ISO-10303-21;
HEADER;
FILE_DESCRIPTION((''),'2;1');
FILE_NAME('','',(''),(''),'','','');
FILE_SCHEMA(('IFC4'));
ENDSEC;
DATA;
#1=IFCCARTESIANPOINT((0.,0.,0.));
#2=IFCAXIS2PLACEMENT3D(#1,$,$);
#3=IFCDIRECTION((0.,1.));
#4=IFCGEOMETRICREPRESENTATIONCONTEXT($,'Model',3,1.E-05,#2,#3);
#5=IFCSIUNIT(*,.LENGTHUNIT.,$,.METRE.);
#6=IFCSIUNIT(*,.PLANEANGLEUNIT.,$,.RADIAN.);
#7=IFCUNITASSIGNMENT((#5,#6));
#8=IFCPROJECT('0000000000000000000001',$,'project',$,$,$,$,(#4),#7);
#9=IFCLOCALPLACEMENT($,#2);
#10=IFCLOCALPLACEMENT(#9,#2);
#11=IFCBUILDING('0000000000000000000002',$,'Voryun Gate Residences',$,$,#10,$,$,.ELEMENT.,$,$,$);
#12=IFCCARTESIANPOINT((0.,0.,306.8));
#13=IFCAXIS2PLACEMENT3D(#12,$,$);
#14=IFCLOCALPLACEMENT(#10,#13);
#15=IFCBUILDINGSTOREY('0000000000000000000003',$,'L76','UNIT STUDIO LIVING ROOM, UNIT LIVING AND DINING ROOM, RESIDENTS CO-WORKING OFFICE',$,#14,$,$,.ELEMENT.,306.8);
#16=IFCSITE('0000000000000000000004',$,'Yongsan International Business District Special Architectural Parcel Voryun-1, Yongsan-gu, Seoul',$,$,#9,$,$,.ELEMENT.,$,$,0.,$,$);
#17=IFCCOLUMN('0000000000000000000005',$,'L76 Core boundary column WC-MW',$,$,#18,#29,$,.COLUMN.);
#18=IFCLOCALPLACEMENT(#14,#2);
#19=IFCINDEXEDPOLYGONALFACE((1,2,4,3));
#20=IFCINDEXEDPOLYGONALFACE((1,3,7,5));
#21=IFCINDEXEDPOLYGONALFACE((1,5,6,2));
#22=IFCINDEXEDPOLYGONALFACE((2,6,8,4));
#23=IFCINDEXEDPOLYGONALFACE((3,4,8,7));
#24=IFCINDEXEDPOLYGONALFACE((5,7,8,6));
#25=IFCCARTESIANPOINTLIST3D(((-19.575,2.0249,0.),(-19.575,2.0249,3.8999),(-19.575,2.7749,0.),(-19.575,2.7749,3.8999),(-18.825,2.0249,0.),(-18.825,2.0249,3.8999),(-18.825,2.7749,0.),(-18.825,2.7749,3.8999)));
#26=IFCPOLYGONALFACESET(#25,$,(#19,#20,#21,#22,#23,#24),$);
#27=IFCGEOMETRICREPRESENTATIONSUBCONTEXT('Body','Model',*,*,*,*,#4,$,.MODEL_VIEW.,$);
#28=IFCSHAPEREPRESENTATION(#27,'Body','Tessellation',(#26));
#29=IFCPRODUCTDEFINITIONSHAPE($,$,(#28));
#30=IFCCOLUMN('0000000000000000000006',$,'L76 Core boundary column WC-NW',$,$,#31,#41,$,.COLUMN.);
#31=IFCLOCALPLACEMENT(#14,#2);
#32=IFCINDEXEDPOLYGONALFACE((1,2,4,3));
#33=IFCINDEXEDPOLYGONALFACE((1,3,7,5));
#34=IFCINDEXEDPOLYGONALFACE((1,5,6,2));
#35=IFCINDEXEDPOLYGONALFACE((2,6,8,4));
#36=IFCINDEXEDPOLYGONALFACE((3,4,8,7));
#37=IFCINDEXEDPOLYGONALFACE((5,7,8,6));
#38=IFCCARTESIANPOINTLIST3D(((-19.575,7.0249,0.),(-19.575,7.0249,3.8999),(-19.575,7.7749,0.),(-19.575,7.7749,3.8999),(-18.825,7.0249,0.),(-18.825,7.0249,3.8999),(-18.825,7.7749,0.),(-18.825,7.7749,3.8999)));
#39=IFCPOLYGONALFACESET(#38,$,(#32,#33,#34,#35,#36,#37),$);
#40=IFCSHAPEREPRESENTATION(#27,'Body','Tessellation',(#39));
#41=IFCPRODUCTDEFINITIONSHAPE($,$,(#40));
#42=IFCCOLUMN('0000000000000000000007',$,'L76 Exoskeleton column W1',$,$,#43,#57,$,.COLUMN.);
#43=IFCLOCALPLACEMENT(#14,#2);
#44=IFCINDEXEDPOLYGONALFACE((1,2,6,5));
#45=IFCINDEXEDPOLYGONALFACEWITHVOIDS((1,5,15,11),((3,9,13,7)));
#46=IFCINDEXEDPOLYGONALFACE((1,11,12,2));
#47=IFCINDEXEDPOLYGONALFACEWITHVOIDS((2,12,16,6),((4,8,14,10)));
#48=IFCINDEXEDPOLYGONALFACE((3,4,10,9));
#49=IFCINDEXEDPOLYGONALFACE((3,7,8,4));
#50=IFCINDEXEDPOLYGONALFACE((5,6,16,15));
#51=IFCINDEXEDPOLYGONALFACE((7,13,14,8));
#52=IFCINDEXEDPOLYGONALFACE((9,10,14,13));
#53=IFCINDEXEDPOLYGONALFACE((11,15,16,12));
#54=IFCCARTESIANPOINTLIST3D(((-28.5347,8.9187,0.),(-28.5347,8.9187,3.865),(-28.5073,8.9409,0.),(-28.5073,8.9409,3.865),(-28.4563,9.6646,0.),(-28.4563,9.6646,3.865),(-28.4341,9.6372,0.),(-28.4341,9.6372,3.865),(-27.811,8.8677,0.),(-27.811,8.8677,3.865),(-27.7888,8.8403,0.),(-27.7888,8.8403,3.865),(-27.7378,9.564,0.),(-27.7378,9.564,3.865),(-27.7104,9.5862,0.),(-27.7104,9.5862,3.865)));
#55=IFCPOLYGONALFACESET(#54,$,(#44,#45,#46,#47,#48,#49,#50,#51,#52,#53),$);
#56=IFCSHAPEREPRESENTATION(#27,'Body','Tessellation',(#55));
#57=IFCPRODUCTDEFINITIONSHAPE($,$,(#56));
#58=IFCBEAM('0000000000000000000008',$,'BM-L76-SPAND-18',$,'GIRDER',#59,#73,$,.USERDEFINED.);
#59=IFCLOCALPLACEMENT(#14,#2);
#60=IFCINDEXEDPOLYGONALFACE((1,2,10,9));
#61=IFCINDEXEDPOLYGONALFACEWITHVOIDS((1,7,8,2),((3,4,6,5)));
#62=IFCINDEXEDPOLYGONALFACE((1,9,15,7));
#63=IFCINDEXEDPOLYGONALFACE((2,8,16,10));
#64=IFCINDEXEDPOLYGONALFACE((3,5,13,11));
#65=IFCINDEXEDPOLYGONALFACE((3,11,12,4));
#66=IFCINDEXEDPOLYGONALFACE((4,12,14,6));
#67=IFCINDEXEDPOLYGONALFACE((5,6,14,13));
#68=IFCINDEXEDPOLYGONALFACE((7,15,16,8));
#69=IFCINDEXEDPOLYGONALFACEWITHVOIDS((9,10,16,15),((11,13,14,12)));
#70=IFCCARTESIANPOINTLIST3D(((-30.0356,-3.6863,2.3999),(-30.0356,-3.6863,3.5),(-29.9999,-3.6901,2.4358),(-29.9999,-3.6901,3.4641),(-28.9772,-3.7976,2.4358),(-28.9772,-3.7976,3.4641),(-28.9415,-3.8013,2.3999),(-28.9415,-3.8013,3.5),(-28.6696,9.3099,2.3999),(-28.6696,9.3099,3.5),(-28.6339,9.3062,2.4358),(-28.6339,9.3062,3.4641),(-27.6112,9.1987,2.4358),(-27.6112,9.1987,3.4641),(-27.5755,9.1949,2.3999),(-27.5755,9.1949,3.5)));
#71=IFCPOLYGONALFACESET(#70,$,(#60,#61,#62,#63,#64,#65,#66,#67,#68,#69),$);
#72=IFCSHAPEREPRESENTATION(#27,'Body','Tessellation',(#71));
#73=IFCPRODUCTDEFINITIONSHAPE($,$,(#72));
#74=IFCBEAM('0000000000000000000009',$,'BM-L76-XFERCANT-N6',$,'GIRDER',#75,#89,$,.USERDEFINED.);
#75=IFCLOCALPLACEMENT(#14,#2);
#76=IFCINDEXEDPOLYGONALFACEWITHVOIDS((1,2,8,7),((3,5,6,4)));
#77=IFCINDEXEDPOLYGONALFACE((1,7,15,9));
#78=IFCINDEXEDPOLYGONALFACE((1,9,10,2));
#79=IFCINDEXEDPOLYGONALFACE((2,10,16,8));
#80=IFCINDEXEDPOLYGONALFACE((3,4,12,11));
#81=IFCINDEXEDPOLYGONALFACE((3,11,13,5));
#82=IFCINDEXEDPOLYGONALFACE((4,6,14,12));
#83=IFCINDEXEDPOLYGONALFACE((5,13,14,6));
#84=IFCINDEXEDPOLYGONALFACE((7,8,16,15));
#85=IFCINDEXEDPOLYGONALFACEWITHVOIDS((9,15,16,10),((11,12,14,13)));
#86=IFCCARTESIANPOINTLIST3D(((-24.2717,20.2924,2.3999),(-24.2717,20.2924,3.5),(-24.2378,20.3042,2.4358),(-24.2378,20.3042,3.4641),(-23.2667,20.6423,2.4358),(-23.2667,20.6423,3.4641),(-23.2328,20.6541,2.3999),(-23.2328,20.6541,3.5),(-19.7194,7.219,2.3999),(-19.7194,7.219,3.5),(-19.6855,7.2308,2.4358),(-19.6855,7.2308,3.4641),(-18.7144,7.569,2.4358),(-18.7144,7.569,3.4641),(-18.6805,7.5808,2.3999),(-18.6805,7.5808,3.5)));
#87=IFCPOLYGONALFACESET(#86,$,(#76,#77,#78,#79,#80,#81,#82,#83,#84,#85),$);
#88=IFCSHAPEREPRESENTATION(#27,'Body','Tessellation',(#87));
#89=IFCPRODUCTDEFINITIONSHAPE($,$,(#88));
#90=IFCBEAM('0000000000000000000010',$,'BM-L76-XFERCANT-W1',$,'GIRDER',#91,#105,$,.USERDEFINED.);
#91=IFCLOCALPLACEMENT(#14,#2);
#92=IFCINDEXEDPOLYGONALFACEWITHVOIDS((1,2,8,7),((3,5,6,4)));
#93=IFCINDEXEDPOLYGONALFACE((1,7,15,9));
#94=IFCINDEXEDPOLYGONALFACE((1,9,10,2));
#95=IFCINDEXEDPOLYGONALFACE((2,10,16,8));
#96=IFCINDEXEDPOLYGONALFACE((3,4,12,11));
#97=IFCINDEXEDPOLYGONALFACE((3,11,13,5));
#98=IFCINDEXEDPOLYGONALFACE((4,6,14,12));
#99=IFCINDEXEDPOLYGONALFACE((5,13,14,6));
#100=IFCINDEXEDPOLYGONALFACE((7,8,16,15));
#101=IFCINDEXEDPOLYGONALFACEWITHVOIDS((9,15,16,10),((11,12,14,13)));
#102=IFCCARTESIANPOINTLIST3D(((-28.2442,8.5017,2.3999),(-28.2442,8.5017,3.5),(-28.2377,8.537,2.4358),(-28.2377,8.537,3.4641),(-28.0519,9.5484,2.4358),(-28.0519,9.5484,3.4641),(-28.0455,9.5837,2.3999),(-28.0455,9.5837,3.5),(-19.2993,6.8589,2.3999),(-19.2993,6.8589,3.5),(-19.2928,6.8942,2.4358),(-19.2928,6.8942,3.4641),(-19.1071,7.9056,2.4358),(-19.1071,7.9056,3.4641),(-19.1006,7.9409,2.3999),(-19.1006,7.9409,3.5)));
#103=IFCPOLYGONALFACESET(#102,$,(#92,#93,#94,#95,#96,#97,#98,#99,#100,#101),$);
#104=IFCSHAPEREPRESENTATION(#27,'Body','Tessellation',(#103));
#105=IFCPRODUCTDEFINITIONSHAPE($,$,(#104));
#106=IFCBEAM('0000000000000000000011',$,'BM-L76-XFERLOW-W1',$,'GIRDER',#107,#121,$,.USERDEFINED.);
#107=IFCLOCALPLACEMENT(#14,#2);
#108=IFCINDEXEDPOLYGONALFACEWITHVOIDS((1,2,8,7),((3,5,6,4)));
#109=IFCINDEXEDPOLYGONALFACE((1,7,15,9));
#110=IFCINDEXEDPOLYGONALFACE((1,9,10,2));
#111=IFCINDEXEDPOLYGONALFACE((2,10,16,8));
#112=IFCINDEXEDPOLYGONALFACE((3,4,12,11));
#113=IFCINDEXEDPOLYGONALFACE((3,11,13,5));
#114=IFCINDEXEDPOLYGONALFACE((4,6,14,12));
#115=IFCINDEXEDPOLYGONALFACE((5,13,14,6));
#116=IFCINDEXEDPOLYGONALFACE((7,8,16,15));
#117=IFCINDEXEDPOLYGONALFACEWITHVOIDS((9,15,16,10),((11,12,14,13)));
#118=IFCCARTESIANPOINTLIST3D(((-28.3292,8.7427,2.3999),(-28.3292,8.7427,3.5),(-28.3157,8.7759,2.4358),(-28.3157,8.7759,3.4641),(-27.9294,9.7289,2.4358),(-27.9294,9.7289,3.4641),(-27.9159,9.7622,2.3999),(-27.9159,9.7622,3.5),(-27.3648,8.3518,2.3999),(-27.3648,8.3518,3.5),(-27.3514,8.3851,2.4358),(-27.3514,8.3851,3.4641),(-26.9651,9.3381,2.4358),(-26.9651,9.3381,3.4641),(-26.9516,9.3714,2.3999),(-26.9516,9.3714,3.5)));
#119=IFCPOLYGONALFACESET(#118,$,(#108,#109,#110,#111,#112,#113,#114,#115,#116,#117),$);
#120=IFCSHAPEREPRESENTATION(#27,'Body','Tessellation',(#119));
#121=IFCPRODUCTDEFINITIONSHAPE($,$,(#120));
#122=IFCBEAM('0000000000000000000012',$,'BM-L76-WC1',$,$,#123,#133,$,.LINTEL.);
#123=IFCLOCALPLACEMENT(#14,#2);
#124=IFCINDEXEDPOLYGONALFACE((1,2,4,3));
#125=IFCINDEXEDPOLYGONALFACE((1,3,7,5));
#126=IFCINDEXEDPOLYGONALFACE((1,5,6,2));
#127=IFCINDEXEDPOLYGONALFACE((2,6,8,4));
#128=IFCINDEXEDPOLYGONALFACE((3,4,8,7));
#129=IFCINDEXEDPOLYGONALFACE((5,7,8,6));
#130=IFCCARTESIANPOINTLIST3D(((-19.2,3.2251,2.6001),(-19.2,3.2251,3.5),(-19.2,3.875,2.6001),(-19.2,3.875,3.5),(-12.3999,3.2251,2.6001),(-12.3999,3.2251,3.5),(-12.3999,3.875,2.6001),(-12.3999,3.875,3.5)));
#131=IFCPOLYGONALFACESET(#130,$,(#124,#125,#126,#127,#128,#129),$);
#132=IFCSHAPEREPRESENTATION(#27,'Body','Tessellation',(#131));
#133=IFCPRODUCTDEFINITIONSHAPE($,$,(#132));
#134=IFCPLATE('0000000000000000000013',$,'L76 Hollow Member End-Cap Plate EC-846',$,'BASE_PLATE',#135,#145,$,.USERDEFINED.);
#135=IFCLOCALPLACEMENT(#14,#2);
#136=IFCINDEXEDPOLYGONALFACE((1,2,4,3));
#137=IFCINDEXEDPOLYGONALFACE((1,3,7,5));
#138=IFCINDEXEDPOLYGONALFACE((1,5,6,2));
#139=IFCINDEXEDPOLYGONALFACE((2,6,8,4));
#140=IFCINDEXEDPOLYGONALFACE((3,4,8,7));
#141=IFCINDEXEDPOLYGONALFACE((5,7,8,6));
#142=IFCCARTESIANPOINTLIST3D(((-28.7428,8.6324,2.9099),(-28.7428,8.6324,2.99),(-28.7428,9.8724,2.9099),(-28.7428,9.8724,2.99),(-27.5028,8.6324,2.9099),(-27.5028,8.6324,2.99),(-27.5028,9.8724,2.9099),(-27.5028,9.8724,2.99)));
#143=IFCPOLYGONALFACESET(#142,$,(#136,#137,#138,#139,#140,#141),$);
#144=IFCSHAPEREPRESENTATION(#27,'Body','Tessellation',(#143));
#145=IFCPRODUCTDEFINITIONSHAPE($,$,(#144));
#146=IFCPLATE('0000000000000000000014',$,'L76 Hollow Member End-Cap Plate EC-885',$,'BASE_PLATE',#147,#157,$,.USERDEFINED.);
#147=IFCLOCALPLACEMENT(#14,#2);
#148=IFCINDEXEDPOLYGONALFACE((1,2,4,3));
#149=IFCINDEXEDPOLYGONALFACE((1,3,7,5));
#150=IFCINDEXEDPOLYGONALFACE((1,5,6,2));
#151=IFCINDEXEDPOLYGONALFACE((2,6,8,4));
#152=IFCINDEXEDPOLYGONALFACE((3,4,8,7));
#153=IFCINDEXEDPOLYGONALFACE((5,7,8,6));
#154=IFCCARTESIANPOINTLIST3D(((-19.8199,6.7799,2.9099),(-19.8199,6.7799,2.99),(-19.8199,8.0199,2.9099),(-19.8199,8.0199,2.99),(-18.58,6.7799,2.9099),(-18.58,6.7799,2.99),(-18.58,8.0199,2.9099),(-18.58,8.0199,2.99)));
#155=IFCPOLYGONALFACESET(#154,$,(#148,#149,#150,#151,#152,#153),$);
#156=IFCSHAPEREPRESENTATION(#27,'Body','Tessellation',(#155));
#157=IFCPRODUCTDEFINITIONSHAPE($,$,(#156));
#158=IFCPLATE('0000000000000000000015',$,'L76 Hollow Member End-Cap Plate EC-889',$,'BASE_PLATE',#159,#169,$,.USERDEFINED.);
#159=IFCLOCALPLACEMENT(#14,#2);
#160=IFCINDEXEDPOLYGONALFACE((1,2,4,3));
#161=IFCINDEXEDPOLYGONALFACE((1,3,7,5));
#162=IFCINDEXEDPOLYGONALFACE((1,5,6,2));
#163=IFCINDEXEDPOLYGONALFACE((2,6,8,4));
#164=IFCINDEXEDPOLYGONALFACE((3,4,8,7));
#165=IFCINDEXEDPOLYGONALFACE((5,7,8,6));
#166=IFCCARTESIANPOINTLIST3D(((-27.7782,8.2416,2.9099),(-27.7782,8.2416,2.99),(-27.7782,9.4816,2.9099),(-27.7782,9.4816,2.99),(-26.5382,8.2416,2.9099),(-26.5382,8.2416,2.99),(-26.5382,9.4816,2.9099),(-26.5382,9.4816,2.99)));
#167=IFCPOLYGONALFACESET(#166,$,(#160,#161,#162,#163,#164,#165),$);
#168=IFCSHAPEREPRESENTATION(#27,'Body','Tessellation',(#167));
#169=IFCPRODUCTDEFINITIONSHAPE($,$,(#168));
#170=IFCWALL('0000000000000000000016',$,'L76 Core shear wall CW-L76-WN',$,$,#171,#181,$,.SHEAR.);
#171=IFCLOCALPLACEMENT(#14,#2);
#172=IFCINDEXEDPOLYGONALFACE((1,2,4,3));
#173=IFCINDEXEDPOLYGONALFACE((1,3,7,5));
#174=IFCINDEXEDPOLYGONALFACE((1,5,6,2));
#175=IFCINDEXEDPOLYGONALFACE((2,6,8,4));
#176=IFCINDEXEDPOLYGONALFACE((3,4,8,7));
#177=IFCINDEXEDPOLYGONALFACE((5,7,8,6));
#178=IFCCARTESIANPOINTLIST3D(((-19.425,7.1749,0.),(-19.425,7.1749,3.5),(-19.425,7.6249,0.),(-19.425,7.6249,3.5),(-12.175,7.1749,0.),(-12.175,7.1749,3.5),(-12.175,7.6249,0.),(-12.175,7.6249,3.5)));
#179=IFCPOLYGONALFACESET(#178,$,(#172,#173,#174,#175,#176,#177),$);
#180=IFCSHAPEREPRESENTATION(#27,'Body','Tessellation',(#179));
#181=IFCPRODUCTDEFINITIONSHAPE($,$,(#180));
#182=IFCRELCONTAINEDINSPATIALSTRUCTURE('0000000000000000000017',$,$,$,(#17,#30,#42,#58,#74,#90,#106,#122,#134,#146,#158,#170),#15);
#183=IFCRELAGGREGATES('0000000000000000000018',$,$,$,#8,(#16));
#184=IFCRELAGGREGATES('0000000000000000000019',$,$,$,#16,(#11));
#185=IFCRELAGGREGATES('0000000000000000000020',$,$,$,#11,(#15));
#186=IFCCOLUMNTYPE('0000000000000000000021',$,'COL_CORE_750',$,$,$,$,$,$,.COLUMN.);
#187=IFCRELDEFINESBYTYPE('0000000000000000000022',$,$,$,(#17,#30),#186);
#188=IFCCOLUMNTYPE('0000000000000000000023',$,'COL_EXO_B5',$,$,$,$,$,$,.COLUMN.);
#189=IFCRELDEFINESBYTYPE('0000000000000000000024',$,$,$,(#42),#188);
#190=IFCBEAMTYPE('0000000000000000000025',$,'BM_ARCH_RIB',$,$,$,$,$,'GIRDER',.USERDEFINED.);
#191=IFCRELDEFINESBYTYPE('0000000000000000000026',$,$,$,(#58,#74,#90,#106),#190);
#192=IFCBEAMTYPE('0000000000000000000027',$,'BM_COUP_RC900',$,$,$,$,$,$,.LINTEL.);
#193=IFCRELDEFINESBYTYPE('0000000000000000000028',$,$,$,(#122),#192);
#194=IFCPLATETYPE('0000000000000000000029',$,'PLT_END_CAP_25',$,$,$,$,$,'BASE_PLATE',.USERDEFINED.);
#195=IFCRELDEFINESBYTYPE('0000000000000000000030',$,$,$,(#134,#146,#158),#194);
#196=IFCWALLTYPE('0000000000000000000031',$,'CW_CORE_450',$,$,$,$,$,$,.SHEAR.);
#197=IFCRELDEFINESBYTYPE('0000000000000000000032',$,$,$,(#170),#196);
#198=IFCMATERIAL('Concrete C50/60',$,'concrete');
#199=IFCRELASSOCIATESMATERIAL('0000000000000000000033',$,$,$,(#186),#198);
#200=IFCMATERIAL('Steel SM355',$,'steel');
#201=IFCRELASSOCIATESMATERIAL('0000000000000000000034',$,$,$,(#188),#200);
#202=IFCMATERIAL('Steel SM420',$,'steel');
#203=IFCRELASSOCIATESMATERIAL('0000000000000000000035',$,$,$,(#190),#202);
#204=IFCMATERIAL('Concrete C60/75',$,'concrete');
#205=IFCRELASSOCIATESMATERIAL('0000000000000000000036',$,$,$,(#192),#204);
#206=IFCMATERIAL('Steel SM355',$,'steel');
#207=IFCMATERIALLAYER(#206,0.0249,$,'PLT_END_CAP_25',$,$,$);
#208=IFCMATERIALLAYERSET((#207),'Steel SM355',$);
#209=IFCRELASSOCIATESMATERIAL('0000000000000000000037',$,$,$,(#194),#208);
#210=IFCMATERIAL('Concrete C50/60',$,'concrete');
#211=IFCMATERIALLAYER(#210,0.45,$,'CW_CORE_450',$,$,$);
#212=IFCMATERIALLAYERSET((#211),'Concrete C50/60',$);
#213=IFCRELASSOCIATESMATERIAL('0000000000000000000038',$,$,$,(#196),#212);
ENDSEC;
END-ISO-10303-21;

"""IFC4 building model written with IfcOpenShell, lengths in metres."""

from ifc_helpers import new_model, si_unit, direction, frame, frame_2d, origin, origin_2d, place, context, subcontext, project, spatial, rectangle, hollow_rectangle, extrude, material, layer, layer_set, material_profile, profile_set, type_object, element, save


model = new_model("IFC4")

# Units and contexts
model_context = context("Model", 3, precision=1e-05, world=origin(), true_north=direction((0.0, 1.0)))
body_context = subcontext(model_context, "Body", "Model", "MODEL_VIEW")
ifc_project = project(units=[si_unit("LENGTHUNIT", "METRE"), si_unit("PLANEANGLEUNIT", "RADIAN")], contexts=[model_context])

# Site, building, storey
site_placement = place(None, origin())
site = spatial("IfcSite", under=ifc_project, at=site_placement, Name="Yongsan International Business District Special Architectural Parcel Voryun-1, Yongsan-gu, Seoul", CompositionType="ELEMENT", RefElevation=0.0)
building_placement = place(site_placement, origin())
building = spatial("IfcBuilding", under=site, at=building_placement, Name="Voryun Gate Residences", CompositionType="ELEMENT")
storey_placement = place(building_placement, frame((0.0, 0.0, 306.8)))
storey = spatial("IfcBuildingStorey", under=building, at=storey_placement, Name="L76", Description="UNIT STUDIO LIVING ROOM, UNIT LIVING AND DINING ROOM, RESIDENTS CO-WORKING OFFICE", CompositionType="ELEMENT", Elevation=306.8)

# Columns
ifc_material_1 = material(Name="Concrete C50/60", Category="concrete")
ifc_material_profile_1 = material_profile(ifc_material_1, rectangle(XDim=0.75, YDim=0.75, at=origin_2d()), Name="RC-750x750")
ifc_profile_set_1 = profile_set([ifc_material_profile_1], Name="Concrete C50/60")
column_type_1 = type_object("IfcColumnType", Name="COL_CORE_750", PredefinedType="COLUMN", material=ifc_profile_set_1)
for number, where, z_axis, x_axis, name in (
    (1, (-19.2, 2.3999, 0.0), (0.0, 0.0, 1.0), (1.0, 0.0, 0.0), "L76 Core boundary column WC-MW"),
    (2, (-19.2, 7.3999, 0.0), (0.0, 0.0, 1.0), (1.0, 0.0, 0.0), "L76 Core boundary column WC-NW"),
):
    element("IfcColumn", number, at=place(storey_placement, frame(where, z_axis=z_axis, x_axis=x_axis)), inside=storey, type_object=column_type_1, Name=name, PredefinedType="COLUMN", context=body_context, shape_type="SweptSolid", body=[
        extrude(rectangle(XDim=0.75, YDim=0.75, at=origin_2d()), origin(), (0.0, 0.0, 1.0), 3.8999),
    ])
ifc_material_2 = material(Name="Steel SM355", Category="steel")
ifc_material_profile_2 = material_profile(ifc_material_2, hollow_rectangle(XDim=0.75, YDim=0.75, WallThickness=0.0249, at=origin_2d()), Name="BOX-750x750x25")
ifc_profile_set_2 = profile_set([ifc_material_profile_2], Name="Steel SM355")
column_type_2 = type_object("IfcColumnType", Name="COL_EXO_B5", PredefinedType="COLUMN", material=ifc_profile_set_2)
column_placement = place(storey_placement, frame((-28.1226, 9.2524, 0.0), z_axis=(0.0, 0.0, 1.0), x_axis=(0.994522, -0.104528, 0.0)))
element("IfcColumn", 3, at=column_placement, inside=storey, type_object=column_type_2, Name="L76 Exoskeleton column W1", PredefinedType="COLUMN", context=body_context, shape_type="SweptSolid", body=[
    extrude(hollow_rectangle(XDim=0.75, YDim=0.75, WallThickness=0.0249, at=origin_2d()), origin(), (0.0, 0.0, 1.0), 3.865),
])

# Beams
ifc_material_3 = material(Name="Steel SM420", Category="steel")
ifc_material_profile_3 = material_profile(ifc_material_3, hollow_rectangle(XDim=1.1001, YDim=1.1001, WallThickness=0.0359, at=origin_2d()), Name="BOX-1100x1100x36")
ifc_profile_set_3 = profile_set([ifc_material_profile_3], Name="Steel SM420")
beam_type_1 = type_object("IfcBeamType", Name="BM_ARCH_RIB", ElementType="GIRDER", PredefinedType="USERDEFINED", material=ifc_profile_set_3)
beam_1_placement = place(storey_placement, frame((-28.1226, 9.2524, 2.95), z_axis=(-0.104528, -0.994522, 0.0), x_axis=(0.994522, -0.104528, 0.0)))
element("IfcBeam", 4, at=beam_1_placement, inside=storey, type_object=beam_type_1, Name="BM-L76-SPAND-18", ObjectType="GIRDER", PredefinedType="USERDEFINED", context=body_context, shape_type="SweptSolid", body=[
    extrude(hollow_rectangle(XDim=1.1001, YDim=1.1001, WallThickness=0.0359, at=origin_2d()), origin(), (0.0, 0.0, 1.0), 13.0679),
])
beam_2_placement = place(storey_placement, frame((-19.2, 7.3999, 2.95), z_axis=(-0.328845, 0.944384, 0.0), x_axis=(-0.944384, -0.328845, 0.0)))
element("IfcBeam", 5, at=beam_2_placement, inside=storey, type_object=beam_type_1, Name="BM-L76-XFERCANT-N6", ObjectType="GIRDER", PredefinedType="USERDEFINED", context=body_context, shape_type="SweptSolid", body=[
    extrude(hollow_rectangle(XDim=1.1001, YDim=1.1001, WallThickness=0.0359, at=origin_2d()), origin(), (0.0, 0.0, 1.0), 13.8433),
])
beam_3_placement = place(storey_placement, frame((-19.2, 7.3999, 2.95), z_axis=(-0.983549, 0.18064, 0.0), x_axis=(-0.18064, -0.983549, 0.0)))
element("IfcBeam", 6, at=beam_3_placement, inside=storey, type_object=beam_type_1, Name="BM-L76-XFERCANT-W1", ObjectType="GIRDER", PredefinedType="USERDEFINED", context=body_context, shape_type="SweptSolid", body=[
    extrude(hollow_rectangle(XDim=1.1001, YDim=1.1001, WallThickness=0.0359, at=origin_2d()), origin(), (0.0, 0.0, 1.0), 9.0945),
])
beam_4_placement = place(storey_placement, frame((-28.1226, 9.2524, 2.95), z_axis=(0.926768, -0.375634, 0.0), x_axis=(0.375634, 0.926768, 0.0)))
element("IfcBeam", 7, at=beam_4_placement, inside=storey, type_object=beam_type_1, Name="BM-L76-XFERLOW-W1", ObjectType="GIRDER", PredefinedType="USERDEFINED", context=body_context, shape_type="SweptSolid", body=[
    extrude(hollow_rectangle(XDim=1.1001, YDim=1.1001, WallThickness=0.0359, at=origin_2d()), origin(), (0.0, 0.0, 1.0), 1.0405),
])
ifc_material_4 = material(Name="Concrete C60/75", Category="concrete")
ifc_material_profile_4 = material_profile(ifc_material_4, rectangle(XDim=0.6499, YDim=0.8999, at=origin_2d()), Name="RC-650x900")
ifc_profile_set_4 = profile_set([ifc_material_profile_4], Name="Concrete C60/75")
beam_type_2 = type_object("IfcBeamType", Name="BM_COUP_RC900", PredefinedType="LINTEL", material=ifc_profile_set_4)
beam_5_placement = place(storey_placement, frame((-19.2, 3.55, 3.05), z_axis=(1.0, 0.0, 0.0), x_axis=(0.0, 1.0, 0.0)))
element("IfcBeam", 8, at=beam_5_placement, inside=storey, type_object=beam_type_2, Name="BM-L76-WC1", PredefinedType="LINTEL", context=body_context, shape_type="SweptSolid", body=[
    extrude(rectangle(XDim=0.6499, YDim=0.8999, at=origin_2d()), origin(), (0.0, 0.0, 1.0), 6.8),
])

# Plates
ifc_material_5 = material(Name="Steel SM355", Category="steel")
ifc_layer_1 = layer(ifc_material_5, 0.0249, Name="PLT_END_CAP_25")
ifc_layer_set_1 = layer_set([ifc_layer_1], Name="Steel SM355")
plate_type = type_object("IfcPlateType", Name="PLT_END_CAP_25", ElementType="BASE_PLATE", PredefinedType="USERDEFINED", material=ifc_layer_set_1)
for number, where, z_axis, x_axis, name in (
    (9, (-28.1228, 9.2524, 2.9099), (0.0, 0.0, 1.0), (1.0, 0.0, 0.0), "L76 Hollow Member End-Cap Plate EC-846"),
    (10, (-19.2, 7.3999, 2.9099), (0.0, 0.0, 1.0), (1.0, 0.0, 0.0), "L76 Hollow Member End-Cap Plate EC-885"),
    (11, (-27.1582, 8.8616, 2.9099), (0.0, 0.0, 1.0), (1.0, 0.0, 0.0), "L76 Hollow Member End-Cap Plate EC-889"),
):
    element("IfcPlate", number, at=place(storey_placement, frame(where, z_axis=z_axis, x_axis=x_axis)), inside=storey, type_object=plate_type, Name=name, ObjectType="BASE_PLATE", PredefinedType="USERDEFINED", context=body_context, shape_type="SweptSolid", body=[
        extrude(rectangle(XDim=1.24, YDim=1.24, at=origin_2d()), origin(), (0.0, 0.0, 1.0), 0.0801),
    ])

# Wall
ifc_material_6 = material(Name="Concrete C50/60", Category="concrete")
ifc_layer_2 = layer(ifc_material_6, 0.45, Name="CW_CORE_450")
ifc_layer_set_2 = layer_set([ifc_layer_2], Name="Concrete C50/60")
wall_type_1 = type_object("IfcWallType", Name="CW_CORE_450", PredefinedType="SHEAR", material=ifc_layer_set_2)
wall_1_placement = place(storey_placement, frame((-19.425, 7.3999, 0.0), z_axis=(0.0, 0.0, 1.0), x_axis=(1.0, 0.0, 0.0)))
element("IfcWall", 12, at=wall_1_placement, inside=storey, type_object=wall_type_1, Name="L76 Core shear wall CW-L76-WN", PredefinedType="SHEAR", context=body_context, shape_type="SweptSolid", body=[
    extrude(rectangle(XDim=7.25, YDim=0.45, at=frame_2d((3.625, 0.0))), origin(), (0.0, 0.0, 1.0), 3.5),
])

save(model, "model.ifc")
